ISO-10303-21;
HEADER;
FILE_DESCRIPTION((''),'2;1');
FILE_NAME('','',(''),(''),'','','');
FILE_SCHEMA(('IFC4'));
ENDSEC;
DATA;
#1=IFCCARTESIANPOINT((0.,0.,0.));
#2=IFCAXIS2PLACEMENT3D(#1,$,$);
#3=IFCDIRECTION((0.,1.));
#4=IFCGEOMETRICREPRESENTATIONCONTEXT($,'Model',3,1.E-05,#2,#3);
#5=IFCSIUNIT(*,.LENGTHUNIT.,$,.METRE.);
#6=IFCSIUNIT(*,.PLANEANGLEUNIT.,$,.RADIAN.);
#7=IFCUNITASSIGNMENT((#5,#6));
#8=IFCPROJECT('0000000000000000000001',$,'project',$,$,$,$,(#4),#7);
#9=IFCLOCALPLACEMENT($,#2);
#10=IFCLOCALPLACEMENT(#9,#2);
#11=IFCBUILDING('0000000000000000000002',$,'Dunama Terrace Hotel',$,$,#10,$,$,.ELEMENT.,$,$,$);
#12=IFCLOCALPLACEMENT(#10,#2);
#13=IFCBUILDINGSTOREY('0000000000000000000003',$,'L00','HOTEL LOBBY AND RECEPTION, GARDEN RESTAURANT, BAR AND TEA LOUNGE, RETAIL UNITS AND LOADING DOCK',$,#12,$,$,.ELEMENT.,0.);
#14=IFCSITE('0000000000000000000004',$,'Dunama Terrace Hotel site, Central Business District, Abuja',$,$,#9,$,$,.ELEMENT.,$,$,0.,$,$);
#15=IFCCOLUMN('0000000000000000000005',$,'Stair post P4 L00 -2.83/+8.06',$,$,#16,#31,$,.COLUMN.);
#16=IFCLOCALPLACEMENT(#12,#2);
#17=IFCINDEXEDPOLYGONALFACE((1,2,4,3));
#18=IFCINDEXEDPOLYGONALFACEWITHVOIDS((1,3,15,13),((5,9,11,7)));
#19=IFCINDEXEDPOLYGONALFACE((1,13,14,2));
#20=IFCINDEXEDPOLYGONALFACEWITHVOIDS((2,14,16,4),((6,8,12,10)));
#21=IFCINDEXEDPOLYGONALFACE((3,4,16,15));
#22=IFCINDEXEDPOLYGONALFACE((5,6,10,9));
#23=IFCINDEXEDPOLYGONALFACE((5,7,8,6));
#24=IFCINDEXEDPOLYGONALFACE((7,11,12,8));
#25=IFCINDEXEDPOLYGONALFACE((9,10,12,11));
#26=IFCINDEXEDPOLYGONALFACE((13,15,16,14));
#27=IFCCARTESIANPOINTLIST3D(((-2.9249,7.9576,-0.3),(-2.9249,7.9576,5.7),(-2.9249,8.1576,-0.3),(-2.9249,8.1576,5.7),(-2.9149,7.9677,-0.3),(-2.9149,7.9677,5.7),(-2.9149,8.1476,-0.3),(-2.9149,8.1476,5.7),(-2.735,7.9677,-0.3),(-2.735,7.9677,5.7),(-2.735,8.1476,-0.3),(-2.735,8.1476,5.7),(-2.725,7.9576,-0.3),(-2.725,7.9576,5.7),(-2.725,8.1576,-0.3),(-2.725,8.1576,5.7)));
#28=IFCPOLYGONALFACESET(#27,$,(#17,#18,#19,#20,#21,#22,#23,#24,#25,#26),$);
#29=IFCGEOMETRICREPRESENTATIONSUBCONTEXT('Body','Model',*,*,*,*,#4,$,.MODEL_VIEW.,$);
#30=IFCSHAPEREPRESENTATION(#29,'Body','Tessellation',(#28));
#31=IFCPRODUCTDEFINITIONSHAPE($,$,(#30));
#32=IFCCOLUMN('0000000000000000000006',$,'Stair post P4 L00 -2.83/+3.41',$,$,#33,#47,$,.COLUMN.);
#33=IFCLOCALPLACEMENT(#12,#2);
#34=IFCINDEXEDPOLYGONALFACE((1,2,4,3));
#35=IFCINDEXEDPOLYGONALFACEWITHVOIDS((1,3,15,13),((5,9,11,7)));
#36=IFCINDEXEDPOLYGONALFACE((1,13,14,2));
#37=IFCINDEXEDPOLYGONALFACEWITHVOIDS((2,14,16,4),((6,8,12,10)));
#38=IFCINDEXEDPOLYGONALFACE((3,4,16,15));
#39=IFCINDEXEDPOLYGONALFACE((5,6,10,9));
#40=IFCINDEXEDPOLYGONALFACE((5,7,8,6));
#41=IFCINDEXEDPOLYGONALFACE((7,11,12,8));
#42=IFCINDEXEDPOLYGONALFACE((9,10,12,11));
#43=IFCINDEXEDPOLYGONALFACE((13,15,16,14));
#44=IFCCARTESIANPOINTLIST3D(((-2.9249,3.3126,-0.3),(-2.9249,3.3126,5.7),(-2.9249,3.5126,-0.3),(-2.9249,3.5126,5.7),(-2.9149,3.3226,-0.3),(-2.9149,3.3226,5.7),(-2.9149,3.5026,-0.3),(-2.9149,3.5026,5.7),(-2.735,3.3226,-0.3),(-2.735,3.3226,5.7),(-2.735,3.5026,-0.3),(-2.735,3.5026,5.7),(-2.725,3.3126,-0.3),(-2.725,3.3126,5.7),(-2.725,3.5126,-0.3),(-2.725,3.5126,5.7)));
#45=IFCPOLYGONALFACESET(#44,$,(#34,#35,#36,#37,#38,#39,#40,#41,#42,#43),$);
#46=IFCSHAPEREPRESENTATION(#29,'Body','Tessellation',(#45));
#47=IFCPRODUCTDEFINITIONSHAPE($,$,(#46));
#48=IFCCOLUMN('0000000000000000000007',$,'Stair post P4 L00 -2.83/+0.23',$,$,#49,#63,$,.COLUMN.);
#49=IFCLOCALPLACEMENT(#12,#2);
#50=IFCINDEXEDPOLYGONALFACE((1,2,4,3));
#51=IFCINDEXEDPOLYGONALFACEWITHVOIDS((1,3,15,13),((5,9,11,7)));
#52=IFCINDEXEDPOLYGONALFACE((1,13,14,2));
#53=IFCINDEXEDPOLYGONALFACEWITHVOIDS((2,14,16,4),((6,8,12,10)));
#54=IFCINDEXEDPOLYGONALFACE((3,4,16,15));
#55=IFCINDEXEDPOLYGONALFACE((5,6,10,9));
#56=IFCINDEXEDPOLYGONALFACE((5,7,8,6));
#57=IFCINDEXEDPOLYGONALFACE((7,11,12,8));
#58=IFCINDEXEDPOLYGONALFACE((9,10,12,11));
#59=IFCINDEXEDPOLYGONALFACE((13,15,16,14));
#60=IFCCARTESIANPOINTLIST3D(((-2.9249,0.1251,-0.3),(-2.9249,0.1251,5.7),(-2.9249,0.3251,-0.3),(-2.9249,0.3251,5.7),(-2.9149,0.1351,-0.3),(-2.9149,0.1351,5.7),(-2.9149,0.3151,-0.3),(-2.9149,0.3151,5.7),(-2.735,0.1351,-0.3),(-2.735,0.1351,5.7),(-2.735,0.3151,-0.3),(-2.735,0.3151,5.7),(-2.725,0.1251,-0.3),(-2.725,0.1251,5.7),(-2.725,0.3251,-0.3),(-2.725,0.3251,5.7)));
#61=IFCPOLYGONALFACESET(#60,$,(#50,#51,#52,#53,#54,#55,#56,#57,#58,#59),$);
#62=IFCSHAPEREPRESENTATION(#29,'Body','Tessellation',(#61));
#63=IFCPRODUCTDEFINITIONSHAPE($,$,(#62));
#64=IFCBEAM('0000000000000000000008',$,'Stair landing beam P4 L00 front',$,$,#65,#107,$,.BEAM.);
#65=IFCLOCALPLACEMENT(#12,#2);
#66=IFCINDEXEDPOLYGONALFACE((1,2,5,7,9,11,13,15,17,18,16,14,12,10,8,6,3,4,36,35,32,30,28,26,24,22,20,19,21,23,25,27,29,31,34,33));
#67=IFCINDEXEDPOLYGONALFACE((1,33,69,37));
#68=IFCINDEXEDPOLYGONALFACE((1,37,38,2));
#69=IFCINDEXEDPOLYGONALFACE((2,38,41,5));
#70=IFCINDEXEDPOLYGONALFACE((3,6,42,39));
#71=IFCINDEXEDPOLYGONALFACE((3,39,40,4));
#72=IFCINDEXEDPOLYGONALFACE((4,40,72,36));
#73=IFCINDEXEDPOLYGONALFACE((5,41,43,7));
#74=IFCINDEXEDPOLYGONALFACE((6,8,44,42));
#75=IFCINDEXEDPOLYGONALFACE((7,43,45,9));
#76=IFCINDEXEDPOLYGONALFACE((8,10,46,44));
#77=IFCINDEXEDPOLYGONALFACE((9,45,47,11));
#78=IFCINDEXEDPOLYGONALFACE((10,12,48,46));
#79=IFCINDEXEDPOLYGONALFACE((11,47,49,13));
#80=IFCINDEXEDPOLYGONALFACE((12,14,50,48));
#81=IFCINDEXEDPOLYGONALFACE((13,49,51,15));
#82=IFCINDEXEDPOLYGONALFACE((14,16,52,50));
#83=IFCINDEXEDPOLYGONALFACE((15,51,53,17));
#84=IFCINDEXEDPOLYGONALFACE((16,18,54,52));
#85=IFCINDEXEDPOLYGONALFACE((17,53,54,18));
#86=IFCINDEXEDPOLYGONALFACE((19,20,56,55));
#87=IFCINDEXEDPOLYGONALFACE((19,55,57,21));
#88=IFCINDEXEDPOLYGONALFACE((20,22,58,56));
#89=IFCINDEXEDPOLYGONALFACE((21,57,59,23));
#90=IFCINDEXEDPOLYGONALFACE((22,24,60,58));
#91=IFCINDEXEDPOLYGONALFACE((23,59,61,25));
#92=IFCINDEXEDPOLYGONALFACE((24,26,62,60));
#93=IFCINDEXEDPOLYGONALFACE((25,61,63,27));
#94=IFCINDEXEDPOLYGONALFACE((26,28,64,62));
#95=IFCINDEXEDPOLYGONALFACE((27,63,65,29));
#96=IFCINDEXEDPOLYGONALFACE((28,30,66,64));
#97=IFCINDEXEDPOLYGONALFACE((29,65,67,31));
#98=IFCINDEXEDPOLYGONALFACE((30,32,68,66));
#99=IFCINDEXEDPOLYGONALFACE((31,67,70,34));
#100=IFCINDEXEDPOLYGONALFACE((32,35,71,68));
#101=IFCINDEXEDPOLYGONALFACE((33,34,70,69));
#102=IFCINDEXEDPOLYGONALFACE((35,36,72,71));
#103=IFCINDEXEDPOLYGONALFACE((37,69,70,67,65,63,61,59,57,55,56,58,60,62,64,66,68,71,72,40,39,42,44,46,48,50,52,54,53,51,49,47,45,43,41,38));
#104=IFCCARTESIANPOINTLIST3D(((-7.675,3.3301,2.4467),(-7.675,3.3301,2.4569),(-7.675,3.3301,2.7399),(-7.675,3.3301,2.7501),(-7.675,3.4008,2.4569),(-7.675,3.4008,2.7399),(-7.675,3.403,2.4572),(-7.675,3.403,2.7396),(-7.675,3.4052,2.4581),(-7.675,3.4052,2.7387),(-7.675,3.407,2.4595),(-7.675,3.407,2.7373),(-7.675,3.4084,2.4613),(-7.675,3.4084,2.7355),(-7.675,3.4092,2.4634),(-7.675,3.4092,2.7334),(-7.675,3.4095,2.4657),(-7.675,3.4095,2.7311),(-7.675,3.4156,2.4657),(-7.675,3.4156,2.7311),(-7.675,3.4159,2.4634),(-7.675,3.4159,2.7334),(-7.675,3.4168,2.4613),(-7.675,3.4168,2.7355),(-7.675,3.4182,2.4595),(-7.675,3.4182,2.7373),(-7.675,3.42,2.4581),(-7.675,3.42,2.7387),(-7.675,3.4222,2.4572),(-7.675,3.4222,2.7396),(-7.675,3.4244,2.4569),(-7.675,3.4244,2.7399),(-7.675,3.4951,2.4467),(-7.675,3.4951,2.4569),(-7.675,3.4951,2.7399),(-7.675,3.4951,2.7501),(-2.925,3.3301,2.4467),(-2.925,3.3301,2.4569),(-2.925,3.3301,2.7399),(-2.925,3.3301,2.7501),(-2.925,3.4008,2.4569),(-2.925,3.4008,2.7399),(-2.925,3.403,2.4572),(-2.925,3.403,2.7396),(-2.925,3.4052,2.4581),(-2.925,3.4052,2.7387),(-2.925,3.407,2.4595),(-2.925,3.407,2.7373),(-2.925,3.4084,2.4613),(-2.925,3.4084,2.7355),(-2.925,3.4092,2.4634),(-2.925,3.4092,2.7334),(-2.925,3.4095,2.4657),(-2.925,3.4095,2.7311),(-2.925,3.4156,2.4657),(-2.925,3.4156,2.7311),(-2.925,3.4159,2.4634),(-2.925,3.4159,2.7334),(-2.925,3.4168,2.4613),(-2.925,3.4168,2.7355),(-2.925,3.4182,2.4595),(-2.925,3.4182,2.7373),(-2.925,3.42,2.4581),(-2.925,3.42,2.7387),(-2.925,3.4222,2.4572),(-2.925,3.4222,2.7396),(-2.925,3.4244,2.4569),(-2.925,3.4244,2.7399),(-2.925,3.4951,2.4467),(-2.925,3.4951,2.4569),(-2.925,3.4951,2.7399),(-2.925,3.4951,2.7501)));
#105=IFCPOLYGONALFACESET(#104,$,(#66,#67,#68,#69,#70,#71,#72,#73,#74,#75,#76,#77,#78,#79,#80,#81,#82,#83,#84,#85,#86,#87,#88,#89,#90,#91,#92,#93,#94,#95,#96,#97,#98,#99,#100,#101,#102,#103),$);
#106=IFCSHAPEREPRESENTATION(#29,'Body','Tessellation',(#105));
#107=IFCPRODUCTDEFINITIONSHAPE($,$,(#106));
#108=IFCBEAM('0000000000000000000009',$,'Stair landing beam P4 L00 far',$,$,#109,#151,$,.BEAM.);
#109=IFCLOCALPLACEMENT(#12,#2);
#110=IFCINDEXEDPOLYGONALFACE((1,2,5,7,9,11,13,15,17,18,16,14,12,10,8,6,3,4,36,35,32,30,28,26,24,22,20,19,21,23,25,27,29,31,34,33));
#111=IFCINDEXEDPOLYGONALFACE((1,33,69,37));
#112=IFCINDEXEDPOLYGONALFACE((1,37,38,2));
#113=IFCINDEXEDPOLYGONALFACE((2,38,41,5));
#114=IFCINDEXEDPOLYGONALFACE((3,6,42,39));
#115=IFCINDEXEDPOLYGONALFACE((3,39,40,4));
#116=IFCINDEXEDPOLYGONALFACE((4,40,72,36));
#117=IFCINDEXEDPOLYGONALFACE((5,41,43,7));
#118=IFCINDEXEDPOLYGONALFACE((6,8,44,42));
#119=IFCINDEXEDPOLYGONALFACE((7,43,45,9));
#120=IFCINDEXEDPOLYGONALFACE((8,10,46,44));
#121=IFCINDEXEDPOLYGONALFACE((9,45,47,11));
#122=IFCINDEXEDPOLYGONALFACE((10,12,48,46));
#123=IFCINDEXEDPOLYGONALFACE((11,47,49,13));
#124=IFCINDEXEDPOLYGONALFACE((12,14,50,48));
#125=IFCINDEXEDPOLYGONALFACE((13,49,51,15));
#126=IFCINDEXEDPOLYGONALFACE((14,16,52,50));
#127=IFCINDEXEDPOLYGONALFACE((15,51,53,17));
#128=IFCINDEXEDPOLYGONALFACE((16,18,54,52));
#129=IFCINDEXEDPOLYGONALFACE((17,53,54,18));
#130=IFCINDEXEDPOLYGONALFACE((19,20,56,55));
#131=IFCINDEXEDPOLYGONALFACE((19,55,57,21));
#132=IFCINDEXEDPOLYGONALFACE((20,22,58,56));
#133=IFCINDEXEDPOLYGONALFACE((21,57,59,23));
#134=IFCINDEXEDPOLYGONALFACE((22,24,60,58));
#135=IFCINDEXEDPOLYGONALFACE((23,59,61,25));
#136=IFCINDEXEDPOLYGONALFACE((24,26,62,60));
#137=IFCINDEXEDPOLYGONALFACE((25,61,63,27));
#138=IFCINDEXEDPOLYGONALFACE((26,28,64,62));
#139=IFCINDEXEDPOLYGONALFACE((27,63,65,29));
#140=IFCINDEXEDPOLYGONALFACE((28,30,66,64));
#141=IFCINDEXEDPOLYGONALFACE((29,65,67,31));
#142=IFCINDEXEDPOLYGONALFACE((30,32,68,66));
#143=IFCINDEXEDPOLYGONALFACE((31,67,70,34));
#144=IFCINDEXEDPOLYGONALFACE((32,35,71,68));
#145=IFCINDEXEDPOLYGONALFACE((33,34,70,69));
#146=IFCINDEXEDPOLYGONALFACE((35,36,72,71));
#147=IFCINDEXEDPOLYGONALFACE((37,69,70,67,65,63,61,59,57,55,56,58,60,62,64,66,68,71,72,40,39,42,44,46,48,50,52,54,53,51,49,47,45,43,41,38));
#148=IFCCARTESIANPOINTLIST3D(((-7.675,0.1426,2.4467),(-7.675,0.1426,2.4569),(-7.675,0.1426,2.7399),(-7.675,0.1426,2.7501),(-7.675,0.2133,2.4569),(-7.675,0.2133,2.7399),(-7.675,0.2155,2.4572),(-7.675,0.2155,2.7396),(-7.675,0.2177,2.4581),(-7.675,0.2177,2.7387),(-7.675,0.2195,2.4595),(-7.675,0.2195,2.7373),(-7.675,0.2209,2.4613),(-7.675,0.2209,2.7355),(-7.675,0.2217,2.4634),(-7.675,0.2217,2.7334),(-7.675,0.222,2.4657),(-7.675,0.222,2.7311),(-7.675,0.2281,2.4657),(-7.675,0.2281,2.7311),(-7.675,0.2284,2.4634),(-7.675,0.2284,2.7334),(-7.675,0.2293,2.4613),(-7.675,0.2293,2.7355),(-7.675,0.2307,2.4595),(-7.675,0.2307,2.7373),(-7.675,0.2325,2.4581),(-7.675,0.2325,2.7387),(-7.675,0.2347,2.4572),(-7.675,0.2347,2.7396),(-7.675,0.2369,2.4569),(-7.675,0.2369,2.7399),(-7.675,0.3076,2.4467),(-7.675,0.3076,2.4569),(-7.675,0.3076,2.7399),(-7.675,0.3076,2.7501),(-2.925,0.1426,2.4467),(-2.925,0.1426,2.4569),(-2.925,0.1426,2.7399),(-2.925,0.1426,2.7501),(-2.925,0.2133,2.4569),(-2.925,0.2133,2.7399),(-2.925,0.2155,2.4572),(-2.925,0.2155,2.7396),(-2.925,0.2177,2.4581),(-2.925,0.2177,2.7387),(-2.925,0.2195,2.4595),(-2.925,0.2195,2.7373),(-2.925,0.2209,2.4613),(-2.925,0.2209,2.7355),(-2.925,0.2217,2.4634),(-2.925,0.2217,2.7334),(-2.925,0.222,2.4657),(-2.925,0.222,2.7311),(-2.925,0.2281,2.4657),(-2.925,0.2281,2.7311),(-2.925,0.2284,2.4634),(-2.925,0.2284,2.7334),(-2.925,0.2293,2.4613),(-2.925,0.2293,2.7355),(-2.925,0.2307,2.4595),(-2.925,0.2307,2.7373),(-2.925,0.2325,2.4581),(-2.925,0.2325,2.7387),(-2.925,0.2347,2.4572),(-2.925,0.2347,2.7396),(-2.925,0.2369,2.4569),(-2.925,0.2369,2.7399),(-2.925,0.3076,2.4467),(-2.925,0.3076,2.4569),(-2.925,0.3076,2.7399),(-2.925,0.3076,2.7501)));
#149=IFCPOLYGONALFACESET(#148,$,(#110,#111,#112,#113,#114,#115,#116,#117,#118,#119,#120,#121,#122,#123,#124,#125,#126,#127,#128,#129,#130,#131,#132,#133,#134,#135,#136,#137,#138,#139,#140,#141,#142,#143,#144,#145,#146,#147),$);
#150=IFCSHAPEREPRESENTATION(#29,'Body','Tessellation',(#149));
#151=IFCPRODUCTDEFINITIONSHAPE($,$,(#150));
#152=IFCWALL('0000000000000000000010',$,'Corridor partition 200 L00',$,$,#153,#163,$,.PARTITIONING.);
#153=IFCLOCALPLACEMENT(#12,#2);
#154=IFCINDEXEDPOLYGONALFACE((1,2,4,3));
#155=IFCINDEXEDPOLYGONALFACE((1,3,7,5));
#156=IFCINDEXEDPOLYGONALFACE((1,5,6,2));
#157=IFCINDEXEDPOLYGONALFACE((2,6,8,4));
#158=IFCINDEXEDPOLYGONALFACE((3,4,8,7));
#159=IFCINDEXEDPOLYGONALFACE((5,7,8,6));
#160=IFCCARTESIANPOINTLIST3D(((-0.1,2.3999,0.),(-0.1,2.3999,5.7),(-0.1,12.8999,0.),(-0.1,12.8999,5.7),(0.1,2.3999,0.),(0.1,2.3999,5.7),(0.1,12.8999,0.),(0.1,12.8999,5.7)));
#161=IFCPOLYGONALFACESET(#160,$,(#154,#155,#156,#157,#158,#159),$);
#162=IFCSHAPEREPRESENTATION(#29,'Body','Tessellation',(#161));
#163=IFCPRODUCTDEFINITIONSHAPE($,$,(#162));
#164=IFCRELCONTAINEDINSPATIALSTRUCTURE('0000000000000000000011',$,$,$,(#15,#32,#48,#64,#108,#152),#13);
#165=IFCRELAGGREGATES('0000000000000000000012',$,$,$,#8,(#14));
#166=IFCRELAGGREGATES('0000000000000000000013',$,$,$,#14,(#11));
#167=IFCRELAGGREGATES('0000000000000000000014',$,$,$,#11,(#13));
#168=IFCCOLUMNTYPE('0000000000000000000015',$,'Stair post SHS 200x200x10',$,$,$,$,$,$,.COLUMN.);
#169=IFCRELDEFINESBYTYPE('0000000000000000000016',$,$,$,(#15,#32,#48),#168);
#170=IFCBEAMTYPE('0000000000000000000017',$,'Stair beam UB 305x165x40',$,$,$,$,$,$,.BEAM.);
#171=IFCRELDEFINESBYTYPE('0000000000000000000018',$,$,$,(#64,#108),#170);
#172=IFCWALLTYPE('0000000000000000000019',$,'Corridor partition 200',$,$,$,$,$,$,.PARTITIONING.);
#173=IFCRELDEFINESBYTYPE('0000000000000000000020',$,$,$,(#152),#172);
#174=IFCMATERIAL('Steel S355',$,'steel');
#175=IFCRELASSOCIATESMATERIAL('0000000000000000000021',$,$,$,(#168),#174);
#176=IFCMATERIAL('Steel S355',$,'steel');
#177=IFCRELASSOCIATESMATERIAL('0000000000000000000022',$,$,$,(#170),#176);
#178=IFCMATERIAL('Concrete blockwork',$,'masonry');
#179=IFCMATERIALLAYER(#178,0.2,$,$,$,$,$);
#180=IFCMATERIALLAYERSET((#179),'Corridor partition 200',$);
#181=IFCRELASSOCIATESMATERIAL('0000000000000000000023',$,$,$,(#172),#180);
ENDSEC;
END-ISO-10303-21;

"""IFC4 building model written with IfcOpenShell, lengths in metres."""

from ifc_helpers import new_model, si_unit, direction, frame, frame_2d, origin, origin_2d, place, context, subcontext, project, spatial, rectangle, hollow_rectangle, i_section, extrude, material, layer, layer_set, material_profile, profile_set, type_object, element, save


model = new_model("IFC4")

# Units and contexts
model_context = context("Model", 3, precision=1e-05, world=origin(), true_north=direction((0.0, 1.0)))
body_context = subcontext(model_context, "Body", "Model", "MODEL_VIEW")
ifc_project = project(units=[si_unit("LENGTHUNIT", "METRE"), si_unit("PLANEANGLEUNIT", "RADIAN")], contexts=[model_context])

# Site, building, storey
site_placement = place(None, origin())
site = spatial("IfcSite", under=ifc_project, at=site_placement, Name="Dunama Terrace Hotel site, Central Business District, Abuja", CompositionType="ELEMENT", RefElevation=0.0)
building_placement = place(site_placement, origin())
building = spatial("IfcBuilding", under=site, at=building_placement, Name="Dunama Terrace Hotel", CompositionType="ELEMENT")
storey_placement = place(building_placement, origin())
storey = spatial("IfcBuildingStorey", under=building, at=storey_placement, Name="L00", Description="HOTEL LOBBY AND RECEPTION, GARDEN RESTAURANT, BAR AND TEA LOUNGE, RETAIL UNITS AND LOADING DOCK", CompositionType="ELEMENT", Elevation=0.0)

# Columns
ifc_material_1 = material(Name="Steel S355", Category="steel")
ifc_material_profile_1 = material_profile(ifc_material_1, hollow_rectangle(XDim=0.2, YDim=0.2, WallThickness=0.01, at=origin_2d()), Name="SHS 200x200x10")
ifc_profile_set_1 = profile_set([ifc_material_profile_1], Name="Steel S355")
column_type = type_object("IfcColumnType", Name="Stair post SHS 200x200x10", PredefinedType="COLUMN", material=ifc_profile_set_1)
for number, where, z_axis, x_axis, name in (
    (1, (-2.825, 8.0576, -0.3), (0.0, 0.0, 1.0), (1.0, 0.0, 0.0), "Stair post P4 L00 -2.83/+8.06"),
    (2, (-2.825, 3.4126, -0.3), (0.0, 0.0, 1.0), (1.0, 0.0, 0.0), "Stair post P4 L00 -2.83/+3.41"),
    (3, (-2.825, 0.2251, -0.3), (0.0, 0.0, 1.0), (1.0, 0.0, 0.0), "Stair post P4 L00 -2.83/+0.23"),
):
    element("IfcColumn", number, at=place(storey_placement, frame(where, z_axis=z_axis, x_axis=x_axis)), inside=storey, type_object=column_type, Name=name, PredefinedType="COLUMN", context=body_context, shape_type="SweptSolid", body=[
        extrude(hollow_rectangle(XDim=0.2, YDim=0.2, WallThickness=0.01, at=origin_2d()), origin(), (0.0, 0.0, 1.0), 6.0),
    ])

# Beams
ifc_material_2 = material(Name="Steel S355", Category="steel")
ifc_material_profile_2 = material_profile(ifc_material_2, i_section(OverallWidth=0.165, OverallDepth=0.3035, WebThickness=0.0061, FlangeThickness=0.0103, FilletRadius=0.0088, at=origin_2d()), Name="UB 305x165x40")
ifc_profile_set_2 = profile_set([ifc_material_profile_2], Name="Steel S355")
beam_type = type_object("IfcBeamType", Name="Stair beam UB 305x165x40", PredefinedType="BEAM", material=ifc_profile_set_2)
for number, where, z_axis, x_axis, name in (
    (4, (-7.675, 3.4126, 2.5984), (1.0, 0.0, 0.0), (0.0, 1.0, 0.0), "Stair landing beam P4 L00 front"),
    (5, (-7.675, 0.2251, 2.5984), (1.0, 0.0, 0.0), (0.0, 1.0, 0.0), "Stair landing beam P4 L00 far"),
):
    element("IfcBeam", number, at=place(storey_placement, frame(where, z_axis=z_axis, x_axis=x_axis)), inside=storey, type_object=beam_type, Name=name, PredefinedType="BEAM", context=body_context, shape_type="SweptSolid", body=[
        extrude(i_section(OverallWidth=0.165, OverallDepth=0.3035, WebThickness=0.0061, FlangeThickness=0.0103, FilletRadius=0.0088, at=origin_2d()), origin(), (0.0, 0.0, 1.0), 4.75),
    ])

# Wall
ifc_material_3 = material(Name="Concrete blockwork", Category="masonry")
ifc_layer_1 = layer(ifc_material_3, 0.2)
ifc_layer_set_1 = layer_set([ifc_layer_1], Name="Corridor partition 200")
wall_type = type_object("IfcWallType", Name="Corridor partition 200", PredefinedType="PARTITIONING", material=ifc_layer_set_1)
wall_1_placement = place(storey_placement, frame((0.0, 2.3999, 0.0), z_axis=(0.0, 0.0, 1.0), x_axis=(0.0, 1.0, 0.0)))
element("IfcWall", 6, at=wall_1_placement, inside=storey, type_object=wall_type, Name="Corridor partition 200 L00", PredefinedType="PARTITIONING", context=body_context, shape_type="SweptSolid", body=[
    extrude(rectangle(XDim=10.5, YDim=0.2, at=frame_2d((5.25, 0.0))), origin(), (0.0, 0.0, 1.0), 5.7),
])

save(model, "model.ifc")
